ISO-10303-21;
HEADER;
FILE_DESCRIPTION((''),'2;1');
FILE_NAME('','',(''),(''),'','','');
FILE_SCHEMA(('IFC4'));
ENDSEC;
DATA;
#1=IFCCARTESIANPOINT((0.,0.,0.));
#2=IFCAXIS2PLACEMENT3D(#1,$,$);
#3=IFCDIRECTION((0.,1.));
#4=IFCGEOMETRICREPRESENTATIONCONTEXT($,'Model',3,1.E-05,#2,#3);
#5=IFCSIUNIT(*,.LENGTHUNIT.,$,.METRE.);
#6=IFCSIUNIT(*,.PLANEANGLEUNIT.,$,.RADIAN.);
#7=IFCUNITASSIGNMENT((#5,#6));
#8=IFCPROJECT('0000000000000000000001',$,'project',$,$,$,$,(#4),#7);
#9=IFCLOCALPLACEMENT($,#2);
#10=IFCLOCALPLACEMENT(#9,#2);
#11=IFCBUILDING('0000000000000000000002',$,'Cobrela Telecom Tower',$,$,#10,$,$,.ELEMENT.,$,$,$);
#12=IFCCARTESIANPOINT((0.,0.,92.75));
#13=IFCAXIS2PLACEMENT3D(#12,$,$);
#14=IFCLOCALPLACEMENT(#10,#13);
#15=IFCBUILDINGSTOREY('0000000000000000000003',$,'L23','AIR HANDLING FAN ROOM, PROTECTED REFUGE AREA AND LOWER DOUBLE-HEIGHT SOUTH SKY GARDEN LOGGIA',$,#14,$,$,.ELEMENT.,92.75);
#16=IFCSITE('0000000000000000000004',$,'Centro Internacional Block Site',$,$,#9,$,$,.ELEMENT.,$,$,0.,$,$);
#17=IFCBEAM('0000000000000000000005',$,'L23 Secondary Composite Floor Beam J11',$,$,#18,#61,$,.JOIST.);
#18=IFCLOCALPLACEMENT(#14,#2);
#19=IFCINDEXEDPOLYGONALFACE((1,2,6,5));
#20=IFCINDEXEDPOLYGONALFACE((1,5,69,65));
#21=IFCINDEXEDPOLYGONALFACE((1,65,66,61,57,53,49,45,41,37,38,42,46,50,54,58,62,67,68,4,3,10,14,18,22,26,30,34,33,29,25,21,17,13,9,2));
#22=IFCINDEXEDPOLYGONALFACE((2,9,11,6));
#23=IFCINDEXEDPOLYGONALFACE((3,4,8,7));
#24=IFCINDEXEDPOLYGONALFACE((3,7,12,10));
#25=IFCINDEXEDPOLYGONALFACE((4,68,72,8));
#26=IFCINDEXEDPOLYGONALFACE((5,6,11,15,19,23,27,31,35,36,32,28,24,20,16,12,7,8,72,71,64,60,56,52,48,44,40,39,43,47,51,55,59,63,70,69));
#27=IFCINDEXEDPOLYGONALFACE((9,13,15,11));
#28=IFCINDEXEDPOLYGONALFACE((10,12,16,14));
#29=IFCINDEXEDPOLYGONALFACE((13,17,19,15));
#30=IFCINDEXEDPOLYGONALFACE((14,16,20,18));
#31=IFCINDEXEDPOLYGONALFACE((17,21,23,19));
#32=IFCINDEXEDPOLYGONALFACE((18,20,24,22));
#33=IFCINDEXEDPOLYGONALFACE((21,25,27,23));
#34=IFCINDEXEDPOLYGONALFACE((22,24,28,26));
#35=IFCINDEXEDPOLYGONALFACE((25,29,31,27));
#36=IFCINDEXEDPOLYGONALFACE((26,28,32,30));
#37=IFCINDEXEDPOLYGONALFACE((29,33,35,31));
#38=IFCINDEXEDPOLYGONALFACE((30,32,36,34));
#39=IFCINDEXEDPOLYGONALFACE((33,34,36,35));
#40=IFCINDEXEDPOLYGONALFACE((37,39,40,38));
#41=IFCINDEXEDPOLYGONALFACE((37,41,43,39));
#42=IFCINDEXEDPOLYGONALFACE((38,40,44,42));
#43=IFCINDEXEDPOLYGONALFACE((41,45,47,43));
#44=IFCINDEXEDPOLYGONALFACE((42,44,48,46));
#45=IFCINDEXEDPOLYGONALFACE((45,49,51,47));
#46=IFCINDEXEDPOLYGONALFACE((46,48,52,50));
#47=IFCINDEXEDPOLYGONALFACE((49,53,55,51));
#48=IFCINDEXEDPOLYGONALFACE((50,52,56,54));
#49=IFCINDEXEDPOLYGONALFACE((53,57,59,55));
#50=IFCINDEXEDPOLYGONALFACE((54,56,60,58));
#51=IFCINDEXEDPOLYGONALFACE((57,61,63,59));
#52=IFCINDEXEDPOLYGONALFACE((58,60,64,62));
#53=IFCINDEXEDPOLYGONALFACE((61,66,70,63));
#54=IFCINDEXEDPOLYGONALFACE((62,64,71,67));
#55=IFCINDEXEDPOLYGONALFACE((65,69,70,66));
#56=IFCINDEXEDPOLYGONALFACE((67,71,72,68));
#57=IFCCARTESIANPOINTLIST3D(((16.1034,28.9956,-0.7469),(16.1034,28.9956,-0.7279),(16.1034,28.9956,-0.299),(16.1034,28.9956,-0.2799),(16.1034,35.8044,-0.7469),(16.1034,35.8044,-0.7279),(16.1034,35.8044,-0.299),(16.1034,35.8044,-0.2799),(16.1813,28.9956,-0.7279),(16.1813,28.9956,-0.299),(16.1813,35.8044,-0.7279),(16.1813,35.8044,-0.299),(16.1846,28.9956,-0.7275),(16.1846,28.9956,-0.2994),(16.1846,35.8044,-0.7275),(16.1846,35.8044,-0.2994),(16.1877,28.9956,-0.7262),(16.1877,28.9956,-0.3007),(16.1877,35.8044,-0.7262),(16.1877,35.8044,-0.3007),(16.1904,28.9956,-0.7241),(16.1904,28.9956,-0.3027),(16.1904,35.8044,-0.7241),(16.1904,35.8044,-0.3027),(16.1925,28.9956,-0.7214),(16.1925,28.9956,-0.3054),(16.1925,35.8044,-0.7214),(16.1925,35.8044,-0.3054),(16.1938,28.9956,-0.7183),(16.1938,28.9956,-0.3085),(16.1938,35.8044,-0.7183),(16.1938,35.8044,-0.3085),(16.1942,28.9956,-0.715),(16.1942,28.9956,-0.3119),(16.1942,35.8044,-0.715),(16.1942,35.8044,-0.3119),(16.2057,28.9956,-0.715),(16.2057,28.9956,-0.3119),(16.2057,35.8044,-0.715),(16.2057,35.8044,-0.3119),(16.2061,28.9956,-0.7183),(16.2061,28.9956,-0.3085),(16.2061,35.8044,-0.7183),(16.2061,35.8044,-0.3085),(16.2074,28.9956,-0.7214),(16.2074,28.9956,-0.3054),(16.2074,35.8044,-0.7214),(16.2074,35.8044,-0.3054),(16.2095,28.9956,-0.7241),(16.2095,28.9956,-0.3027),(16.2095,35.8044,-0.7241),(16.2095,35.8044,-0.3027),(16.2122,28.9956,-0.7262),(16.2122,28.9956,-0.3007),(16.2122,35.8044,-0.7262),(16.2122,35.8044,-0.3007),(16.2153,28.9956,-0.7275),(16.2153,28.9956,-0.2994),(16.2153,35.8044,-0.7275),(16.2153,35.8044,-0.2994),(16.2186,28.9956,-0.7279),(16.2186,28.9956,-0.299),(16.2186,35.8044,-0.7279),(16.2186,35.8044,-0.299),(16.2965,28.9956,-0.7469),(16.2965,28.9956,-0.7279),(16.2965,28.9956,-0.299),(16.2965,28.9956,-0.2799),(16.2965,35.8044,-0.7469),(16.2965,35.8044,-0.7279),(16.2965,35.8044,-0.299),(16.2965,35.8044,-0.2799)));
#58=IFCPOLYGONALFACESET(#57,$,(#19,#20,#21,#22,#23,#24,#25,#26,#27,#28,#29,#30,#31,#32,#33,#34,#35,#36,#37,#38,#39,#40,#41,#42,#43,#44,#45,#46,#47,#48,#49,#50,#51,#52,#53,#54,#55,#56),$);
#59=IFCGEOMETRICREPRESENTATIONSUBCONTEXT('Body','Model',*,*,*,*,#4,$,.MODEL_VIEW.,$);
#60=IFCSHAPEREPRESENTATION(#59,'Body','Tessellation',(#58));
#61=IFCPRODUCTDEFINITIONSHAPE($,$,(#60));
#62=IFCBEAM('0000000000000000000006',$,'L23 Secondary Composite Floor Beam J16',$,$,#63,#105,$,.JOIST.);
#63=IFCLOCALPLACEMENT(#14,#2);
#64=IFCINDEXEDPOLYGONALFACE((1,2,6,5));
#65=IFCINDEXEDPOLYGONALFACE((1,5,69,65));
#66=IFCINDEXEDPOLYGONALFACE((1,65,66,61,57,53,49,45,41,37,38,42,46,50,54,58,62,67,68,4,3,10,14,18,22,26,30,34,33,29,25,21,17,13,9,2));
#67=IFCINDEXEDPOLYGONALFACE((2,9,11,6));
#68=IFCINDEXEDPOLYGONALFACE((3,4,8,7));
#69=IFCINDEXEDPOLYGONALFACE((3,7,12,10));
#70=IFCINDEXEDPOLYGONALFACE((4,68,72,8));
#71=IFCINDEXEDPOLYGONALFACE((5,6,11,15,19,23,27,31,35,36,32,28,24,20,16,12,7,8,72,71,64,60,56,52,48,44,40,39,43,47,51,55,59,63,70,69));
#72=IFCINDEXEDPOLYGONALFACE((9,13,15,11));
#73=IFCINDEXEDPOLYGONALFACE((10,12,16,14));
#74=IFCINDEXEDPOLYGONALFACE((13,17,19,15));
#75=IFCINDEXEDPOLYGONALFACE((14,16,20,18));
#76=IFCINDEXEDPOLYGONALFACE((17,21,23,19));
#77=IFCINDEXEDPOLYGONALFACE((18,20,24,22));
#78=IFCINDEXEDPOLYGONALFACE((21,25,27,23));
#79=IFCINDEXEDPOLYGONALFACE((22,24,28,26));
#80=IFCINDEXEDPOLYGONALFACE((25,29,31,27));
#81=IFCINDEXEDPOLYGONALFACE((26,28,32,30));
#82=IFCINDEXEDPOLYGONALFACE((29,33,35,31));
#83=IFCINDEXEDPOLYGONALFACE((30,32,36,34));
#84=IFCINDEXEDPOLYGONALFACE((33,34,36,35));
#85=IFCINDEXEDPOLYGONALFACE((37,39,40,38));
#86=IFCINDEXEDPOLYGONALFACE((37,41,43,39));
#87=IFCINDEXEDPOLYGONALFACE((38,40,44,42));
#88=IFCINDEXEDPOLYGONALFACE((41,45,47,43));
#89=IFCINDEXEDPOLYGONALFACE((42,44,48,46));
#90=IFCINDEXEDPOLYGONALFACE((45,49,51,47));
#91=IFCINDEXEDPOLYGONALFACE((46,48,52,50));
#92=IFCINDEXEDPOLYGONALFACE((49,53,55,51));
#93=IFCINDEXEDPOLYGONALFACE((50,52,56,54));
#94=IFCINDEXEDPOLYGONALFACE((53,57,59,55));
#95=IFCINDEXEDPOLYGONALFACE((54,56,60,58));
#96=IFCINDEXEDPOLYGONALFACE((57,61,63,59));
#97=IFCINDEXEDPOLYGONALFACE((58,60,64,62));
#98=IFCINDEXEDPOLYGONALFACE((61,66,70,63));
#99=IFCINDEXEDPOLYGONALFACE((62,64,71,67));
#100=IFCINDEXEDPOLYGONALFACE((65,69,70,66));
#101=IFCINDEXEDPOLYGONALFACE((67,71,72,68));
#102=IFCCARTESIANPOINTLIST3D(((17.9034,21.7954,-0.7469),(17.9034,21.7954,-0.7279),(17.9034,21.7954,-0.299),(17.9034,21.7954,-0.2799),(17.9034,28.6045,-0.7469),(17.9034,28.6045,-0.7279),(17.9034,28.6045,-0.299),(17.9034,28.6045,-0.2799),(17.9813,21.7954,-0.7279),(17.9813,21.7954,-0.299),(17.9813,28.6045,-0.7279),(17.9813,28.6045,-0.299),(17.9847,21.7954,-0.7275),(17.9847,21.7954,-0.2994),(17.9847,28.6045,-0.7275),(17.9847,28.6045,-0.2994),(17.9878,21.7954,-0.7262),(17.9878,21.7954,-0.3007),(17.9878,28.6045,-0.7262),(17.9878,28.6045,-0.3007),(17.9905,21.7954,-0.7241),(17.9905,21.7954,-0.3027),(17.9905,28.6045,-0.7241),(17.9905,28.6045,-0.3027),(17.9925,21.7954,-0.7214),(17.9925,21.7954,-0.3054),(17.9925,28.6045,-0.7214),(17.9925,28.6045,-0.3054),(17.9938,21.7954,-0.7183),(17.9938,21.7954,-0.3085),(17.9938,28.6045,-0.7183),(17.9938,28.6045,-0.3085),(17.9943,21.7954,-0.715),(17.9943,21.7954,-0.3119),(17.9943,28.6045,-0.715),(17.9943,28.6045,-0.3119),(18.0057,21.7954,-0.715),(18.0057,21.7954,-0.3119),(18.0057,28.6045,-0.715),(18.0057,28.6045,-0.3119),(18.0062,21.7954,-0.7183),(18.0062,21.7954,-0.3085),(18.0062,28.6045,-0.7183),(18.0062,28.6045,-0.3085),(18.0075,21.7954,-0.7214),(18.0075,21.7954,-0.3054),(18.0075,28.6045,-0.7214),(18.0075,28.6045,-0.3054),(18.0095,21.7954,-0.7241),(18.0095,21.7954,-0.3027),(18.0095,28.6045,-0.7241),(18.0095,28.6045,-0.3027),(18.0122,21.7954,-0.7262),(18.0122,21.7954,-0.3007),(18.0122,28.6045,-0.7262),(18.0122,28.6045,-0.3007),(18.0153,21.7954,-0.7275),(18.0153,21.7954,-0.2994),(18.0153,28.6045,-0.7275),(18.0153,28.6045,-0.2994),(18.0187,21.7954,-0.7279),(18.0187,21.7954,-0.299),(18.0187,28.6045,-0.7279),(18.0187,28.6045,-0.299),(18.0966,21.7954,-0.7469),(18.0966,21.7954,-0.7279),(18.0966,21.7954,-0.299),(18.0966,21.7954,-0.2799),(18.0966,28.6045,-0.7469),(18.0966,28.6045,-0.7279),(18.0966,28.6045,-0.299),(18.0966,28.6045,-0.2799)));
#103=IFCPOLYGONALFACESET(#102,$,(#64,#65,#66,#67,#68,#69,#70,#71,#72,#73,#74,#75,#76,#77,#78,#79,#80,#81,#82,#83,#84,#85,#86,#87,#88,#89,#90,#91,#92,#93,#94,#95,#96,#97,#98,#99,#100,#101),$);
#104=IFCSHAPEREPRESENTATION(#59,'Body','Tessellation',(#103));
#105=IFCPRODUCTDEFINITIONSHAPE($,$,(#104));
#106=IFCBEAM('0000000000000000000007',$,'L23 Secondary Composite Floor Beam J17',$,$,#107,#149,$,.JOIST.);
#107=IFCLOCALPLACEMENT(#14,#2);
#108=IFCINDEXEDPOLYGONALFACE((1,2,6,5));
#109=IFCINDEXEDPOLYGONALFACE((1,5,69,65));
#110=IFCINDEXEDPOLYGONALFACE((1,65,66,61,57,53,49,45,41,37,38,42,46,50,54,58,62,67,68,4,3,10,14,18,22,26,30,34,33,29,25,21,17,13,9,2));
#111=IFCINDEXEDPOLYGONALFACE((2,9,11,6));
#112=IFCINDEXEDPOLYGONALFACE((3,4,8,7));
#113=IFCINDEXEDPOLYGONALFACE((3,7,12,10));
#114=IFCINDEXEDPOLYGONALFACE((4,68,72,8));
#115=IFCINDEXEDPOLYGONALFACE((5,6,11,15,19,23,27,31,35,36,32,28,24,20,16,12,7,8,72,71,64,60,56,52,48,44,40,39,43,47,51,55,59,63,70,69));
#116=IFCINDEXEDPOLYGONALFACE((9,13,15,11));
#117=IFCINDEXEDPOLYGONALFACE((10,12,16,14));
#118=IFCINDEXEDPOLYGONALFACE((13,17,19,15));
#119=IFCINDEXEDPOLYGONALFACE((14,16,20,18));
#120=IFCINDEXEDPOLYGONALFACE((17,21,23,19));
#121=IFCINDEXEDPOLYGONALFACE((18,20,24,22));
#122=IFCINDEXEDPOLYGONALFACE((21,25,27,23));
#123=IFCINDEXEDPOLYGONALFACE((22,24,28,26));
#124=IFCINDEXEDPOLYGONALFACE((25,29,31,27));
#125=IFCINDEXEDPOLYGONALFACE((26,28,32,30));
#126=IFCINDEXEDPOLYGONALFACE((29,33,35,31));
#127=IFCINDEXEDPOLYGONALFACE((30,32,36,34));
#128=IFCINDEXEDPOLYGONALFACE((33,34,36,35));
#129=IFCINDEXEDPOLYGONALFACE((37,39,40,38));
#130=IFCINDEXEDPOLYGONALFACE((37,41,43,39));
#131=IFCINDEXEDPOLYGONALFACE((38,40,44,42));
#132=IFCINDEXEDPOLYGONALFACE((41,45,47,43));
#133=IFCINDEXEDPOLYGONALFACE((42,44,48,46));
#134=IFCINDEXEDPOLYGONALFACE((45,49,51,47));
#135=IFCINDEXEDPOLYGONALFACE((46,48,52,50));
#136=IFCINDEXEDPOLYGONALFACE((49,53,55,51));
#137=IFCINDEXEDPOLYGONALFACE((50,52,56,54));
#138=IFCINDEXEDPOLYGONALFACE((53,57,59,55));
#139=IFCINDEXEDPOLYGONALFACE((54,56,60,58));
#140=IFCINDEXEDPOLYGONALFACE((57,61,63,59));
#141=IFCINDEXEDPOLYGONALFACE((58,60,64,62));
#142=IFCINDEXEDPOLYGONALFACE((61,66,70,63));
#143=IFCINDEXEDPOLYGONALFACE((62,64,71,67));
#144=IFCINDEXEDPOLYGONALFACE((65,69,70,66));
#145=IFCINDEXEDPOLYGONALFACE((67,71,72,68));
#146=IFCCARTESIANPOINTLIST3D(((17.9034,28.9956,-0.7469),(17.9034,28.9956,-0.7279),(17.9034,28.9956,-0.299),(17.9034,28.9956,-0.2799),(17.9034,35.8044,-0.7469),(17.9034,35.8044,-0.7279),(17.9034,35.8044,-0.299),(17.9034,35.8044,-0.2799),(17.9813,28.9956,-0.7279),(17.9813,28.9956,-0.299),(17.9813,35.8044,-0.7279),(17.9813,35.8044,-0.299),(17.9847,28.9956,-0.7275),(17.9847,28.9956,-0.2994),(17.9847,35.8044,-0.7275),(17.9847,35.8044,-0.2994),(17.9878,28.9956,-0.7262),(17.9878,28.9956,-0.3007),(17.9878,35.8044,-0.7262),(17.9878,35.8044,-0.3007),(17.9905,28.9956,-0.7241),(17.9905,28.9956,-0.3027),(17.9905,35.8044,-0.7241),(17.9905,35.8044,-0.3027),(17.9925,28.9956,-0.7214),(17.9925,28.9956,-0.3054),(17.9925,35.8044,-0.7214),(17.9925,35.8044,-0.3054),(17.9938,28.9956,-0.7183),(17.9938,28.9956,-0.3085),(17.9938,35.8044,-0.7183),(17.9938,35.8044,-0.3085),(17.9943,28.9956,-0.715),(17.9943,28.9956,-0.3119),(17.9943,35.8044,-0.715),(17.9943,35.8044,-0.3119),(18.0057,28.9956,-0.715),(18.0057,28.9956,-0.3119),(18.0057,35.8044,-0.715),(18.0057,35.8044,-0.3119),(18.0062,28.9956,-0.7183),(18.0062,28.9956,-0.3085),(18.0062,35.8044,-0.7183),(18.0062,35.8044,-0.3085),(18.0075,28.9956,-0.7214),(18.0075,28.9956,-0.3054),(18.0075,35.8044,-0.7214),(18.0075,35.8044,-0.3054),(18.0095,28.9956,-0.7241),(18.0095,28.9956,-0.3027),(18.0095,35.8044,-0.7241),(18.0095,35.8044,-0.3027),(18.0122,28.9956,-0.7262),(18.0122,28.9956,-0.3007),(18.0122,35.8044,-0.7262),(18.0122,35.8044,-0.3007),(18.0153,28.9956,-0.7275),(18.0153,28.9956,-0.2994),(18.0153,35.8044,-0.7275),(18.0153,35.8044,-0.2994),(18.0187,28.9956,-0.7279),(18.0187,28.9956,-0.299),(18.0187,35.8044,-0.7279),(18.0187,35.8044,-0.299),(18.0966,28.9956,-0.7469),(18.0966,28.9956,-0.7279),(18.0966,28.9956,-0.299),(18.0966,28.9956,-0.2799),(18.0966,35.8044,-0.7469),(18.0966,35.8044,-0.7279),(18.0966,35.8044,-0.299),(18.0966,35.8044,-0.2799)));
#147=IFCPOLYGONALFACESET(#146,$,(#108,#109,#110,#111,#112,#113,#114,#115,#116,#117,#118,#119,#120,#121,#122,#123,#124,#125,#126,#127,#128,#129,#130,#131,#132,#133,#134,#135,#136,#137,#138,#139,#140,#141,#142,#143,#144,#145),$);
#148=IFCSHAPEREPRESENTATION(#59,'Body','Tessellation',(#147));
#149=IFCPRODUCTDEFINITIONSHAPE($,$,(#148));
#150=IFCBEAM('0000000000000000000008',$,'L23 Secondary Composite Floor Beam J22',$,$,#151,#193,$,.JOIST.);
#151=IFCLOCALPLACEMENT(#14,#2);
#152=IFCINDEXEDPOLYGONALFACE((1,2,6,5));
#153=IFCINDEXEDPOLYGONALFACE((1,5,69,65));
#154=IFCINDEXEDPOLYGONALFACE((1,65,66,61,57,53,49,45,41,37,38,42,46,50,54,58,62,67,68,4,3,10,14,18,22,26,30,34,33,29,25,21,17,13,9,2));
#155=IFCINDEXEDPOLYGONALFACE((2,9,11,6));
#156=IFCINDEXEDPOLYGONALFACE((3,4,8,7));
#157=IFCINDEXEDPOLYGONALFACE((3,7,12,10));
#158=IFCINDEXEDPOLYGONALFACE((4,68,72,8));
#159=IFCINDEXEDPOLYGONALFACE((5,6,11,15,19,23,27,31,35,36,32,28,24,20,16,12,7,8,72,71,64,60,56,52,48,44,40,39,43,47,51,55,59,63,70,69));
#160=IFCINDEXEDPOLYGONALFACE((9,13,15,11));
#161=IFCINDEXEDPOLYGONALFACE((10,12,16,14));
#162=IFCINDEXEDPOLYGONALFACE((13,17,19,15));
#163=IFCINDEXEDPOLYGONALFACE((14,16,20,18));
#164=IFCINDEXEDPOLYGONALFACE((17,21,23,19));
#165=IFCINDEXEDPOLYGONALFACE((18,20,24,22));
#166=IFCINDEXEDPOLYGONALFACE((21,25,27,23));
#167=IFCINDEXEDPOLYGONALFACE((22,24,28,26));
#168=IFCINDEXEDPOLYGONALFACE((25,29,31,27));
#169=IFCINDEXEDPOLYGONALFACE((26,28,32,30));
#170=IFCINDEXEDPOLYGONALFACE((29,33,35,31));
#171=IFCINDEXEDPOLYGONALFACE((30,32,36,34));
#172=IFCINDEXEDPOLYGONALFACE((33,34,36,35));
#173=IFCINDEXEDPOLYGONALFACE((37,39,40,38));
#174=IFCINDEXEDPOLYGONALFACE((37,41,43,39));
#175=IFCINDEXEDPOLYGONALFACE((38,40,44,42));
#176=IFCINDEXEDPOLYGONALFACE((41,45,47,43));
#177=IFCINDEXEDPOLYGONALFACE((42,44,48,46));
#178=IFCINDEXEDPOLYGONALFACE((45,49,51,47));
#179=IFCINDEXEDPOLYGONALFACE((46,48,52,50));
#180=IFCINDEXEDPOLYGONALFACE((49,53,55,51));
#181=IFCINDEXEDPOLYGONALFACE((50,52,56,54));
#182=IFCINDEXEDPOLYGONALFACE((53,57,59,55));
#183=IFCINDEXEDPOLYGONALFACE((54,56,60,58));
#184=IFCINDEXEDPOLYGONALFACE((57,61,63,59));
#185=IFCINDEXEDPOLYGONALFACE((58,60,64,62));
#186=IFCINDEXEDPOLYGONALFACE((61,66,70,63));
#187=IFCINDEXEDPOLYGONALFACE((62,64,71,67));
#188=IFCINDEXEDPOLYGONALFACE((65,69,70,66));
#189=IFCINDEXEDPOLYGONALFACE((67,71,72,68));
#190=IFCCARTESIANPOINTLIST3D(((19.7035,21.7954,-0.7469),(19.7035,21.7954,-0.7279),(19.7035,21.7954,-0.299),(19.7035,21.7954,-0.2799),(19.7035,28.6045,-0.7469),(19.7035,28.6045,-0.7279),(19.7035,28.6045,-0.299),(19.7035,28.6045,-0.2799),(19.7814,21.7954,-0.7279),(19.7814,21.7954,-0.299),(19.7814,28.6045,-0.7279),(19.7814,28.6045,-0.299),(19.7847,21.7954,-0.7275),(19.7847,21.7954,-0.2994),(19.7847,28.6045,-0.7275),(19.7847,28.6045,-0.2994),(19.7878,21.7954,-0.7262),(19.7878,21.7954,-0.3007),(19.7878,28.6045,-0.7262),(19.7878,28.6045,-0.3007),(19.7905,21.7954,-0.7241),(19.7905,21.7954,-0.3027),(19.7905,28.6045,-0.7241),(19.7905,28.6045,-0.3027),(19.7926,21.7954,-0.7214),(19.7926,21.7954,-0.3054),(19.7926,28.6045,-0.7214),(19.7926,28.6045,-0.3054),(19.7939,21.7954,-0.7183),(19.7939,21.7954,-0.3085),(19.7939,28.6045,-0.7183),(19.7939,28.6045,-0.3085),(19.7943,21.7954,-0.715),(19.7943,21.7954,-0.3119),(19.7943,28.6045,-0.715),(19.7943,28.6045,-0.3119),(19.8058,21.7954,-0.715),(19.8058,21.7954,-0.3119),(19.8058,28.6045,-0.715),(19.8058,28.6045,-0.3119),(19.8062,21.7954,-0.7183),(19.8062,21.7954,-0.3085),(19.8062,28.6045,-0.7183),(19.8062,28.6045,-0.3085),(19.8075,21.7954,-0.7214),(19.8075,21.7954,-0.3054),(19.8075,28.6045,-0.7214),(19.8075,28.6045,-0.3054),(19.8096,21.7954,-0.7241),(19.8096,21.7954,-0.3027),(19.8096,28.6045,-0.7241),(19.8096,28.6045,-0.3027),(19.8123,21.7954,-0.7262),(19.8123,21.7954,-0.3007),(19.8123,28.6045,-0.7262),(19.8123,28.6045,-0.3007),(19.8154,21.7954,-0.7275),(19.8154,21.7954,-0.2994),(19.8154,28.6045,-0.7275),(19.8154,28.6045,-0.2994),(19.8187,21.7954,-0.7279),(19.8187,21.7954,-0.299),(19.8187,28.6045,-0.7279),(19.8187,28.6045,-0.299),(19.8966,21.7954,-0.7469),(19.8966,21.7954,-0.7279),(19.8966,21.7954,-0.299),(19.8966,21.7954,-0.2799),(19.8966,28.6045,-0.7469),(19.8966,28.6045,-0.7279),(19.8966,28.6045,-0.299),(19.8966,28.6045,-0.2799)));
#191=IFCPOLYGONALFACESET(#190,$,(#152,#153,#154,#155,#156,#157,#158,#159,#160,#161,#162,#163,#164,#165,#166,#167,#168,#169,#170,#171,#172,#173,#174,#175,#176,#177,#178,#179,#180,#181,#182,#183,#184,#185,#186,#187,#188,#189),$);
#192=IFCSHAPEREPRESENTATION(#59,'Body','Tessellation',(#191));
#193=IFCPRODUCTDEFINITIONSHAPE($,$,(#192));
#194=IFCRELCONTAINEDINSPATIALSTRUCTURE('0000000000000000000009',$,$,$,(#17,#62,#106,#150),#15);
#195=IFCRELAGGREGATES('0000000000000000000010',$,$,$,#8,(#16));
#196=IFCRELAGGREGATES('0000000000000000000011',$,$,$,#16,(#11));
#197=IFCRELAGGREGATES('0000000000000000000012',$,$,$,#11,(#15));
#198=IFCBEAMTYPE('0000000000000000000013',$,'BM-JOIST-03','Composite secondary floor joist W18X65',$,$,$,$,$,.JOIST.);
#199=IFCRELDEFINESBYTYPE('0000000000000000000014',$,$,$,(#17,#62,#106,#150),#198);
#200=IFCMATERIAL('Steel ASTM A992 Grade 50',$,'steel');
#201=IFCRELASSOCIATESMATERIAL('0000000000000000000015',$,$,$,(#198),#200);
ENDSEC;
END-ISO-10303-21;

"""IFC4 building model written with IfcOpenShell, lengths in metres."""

from ifc_helpers import new_model, si_unit, direction, frame, origin, origin_2d, place, context, subcontext, project, spatial, i_section, extrude, material, material_profile, profile_set, type_object, element, save


model = new_model("IFC4")

# Units and contexts
model_context = context("Model", 3, precision=1e-05, world=origin(), true_north=direction((0.0, 1.0)))
body_context = subcontext(model_context, "Body", "Model", "MODEL_VIEW")
ifc_project = project(units=[si_unit("LENGTHUNIT", "METRE"), si_unit("PLANEANGLEUNIT", "RADIAN")], contexts=[model_context])

# Site, building, storey
site_placement = place(None, origin())
site = spatial("IfcSite", under=ifc_project, at=site_placement, Name="Centro Internacional Block Site", CompositionType="ELEMENT", RefElevation=0.0)
building_placement = place(site_placement, origin())
building = spatial("IfcBuilding", under=site, at=building_placement, Name="Cobrela Telecom Tower", CompositionType="ELEMENT")
storey_placement = place(building_placement, frame((0.0, 0.0, 92.75)))
storey = spatial("IfcBuildingStorey", under=building, at=storey_placement, Name="L23", Description="AIR HANDLING FAN ROOM, PROTECTED REFUGE AREA AND LOWER DOUBLE-HEIGHT SOUTH SKY GARDEN LOGGIA", CompositionType="ELEMENT", Elevation=92.75)

# Shared definitions
ifc_material_1 = material(Name="Steel ASTM A992 Grade 50", Category="steel")

# Beams
ifc_material_profile_1 = material_profile(ifc_material_1, i_section(OverallWidth=0.1931, OverallDepth=0.467, WebThickness=0.0115, FlangeThickness=0.019, FilletRadius=0.0129, at=origin_2d()), Name="W18X65")
ifc_profile_set_1 = profile_set([ifc_material_profile_1], Name="Steel ASTM A992 Grade 50")
beam_type_1 = type_object("IfcBeamType", Name="BM-JOIST-03", Description="Composite secondary floor joist W18X65", PredefinedType="JOIST", material=ifc_profile_set_1)
beam_1_placement = place(storey_placement, frame((16.2, 28.9956, -0.5134), z_axis=(0.0, 1.0, 0.0), x_axis=(-1.0, 0.0, 0.0)))
element("IfcBeam", 1, at=beam_1_placement, inside=storey, type_object=beam_type_1, Name="L23 Secondary Composite Floor Beam J11", PredefinedType="JOIST", context=body_context, shape_type="SweptSolid", body=[
    extrude(i_section(OverallWidth=0.1931, OverallDepth=0.467, WebThickness=0.0115, FlangeThickness=0.019, FilletRadius=0.0129, at=origin_2d()), origin(), (0.0, 0.0, 1.0), 6.8088),
])
beam_2_placement = place(storey_placement, frame((18.0, 21.7954, -0.5134), z_axis=(0.0, 1.0, 0.0), x_axis=(-1.0, 0.0, 0.0)))
element("IfcBeam", 2, at=beam_2_placement, inside=storey, type_object=beam_type_1, Name="L23 Secondary Composite Floor Beam J16", PredefinedType="JOIST", context=body_context, shape_type="SweptSolid", body=[
    extrude(i_section(OverallWidth=0.1931, OverallDepth=0.467, WebThickness=0.0115, FlangeThickness=0.019, FilletRadius=0.0129, at=origin_2d()), origin(), (0.0, 0.0, 1.0), 6.8091),
])
beam_3_placement = place(storey_placement, frame((18.0, 28.9956, -0.5134), z_axis=(0.0, 1.0, 0.0), x_axis=(-1.0, 0.0, 0.0)))
element("IfcBeam", 3, at=beam_3_placement, inside=storey, type_object=beam_type_1, Name="L23 Secondary Composite Floor Beam J17", PredefinedType="JOIST", context=body_context, shape_type="SweptSolid", body=[
    extrude(i_section(OverallWidth=0.1931, OverallDepth=0.467, WebThickness=0.0115, FlangeThickness=0.019, FilletRadius=0.0129, at=origin_2d()), origin(), (0.0, 0.0, 1.0), 6.8088),
])
beam_4_placement = place(storey_placement, frame((19.8, 21.7954, -0.5134), z_axis=(0.0, 1.0, 0.0), x_axis=(-1.0, 0.0, 0.0)))
element("IfcBeam", 4, at=beam_4_placement, inside=storey, type_object=beam_type_1, Name="L23 Secondary Composite Floor Beam J22", PredefinedType="JOIST", context=body_context, shape_type="SweptSolid", body=[
    extrude(i_section(OverallWidth=0.1931, OverallDepth=0.467, WebThickness=0.0115, FlangeThickness=0.019, FilletRadius=0.0129, at=origin_2d()), origin(), (0.0, 0.0, 1.0), 6.8091),
])

save(model, "model.ifc")
